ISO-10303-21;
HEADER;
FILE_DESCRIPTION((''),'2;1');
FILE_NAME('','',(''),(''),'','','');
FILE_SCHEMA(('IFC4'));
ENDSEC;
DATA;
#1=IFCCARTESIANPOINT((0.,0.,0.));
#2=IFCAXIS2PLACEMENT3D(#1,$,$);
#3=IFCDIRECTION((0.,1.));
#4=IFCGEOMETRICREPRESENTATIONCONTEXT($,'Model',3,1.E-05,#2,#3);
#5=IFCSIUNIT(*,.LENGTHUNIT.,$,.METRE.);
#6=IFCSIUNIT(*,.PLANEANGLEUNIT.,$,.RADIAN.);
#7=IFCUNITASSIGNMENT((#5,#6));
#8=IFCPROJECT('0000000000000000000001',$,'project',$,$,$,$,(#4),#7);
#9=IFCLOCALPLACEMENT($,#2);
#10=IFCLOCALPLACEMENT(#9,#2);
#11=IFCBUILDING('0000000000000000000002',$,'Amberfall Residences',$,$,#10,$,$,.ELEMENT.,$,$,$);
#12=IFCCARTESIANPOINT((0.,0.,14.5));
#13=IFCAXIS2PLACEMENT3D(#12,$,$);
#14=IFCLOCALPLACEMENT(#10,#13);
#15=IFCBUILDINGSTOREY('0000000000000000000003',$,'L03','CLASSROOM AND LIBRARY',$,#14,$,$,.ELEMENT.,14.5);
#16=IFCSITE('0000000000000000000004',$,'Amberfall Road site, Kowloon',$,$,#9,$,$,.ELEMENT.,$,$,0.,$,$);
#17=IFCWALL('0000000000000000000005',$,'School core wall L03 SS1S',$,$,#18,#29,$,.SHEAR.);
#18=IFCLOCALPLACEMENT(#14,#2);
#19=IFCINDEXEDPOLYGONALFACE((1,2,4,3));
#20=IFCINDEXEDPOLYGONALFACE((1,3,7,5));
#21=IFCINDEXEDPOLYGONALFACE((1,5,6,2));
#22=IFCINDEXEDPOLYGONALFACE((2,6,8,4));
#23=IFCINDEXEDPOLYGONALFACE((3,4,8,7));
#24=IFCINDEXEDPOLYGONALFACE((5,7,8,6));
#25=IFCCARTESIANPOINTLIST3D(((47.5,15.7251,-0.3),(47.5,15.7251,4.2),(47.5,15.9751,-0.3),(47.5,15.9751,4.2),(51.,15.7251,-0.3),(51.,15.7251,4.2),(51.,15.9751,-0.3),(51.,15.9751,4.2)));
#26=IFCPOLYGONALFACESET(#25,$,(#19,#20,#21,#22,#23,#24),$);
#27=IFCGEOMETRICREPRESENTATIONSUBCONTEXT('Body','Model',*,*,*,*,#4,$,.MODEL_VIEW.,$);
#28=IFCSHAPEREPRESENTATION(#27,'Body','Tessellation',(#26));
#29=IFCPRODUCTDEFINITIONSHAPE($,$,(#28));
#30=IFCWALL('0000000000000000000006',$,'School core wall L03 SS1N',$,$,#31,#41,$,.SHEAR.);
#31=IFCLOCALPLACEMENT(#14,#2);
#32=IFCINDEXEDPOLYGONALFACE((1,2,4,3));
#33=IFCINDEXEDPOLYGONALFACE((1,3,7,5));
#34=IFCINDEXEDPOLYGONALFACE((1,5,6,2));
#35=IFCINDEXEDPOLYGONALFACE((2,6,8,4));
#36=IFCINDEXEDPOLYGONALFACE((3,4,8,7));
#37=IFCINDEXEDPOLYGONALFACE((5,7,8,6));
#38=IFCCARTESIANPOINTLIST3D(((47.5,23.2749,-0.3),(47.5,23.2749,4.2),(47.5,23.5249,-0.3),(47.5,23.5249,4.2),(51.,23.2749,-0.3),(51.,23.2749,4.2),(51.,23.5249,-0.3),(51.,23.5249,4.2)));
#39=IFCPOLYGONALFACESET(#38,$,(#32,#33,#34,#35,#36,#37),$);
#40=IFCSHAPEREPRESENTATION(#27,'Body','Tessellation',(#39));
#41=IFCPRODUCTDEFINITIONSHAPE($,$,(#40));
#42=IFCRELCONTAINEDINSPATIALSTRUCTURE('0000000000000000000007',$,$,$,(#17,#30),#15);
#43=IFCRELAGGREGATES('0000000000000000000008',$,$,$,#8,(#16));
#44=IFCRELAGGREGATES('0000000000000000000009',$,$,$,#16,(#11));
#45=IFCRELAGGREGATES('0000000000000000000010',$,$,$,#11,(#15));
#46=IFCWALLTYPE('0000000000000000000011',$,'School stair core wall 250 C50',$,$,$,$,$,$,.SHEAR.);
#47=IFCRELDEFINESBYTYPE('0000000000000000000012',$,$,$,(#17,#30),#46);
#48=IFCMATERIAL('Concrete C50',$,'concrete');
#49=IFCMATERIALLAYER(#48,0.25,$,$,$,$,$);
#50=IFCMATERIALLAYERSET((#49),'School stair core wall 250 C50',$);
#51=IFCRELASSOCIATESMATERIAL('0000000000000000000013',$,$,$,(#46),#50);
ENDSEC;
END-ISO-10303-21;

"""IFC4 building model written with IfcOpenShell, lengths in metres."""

from ifc_helpers import new_model, si_unit, direction, frame, frame_2d, origin, place, context, subcontext, project, spatial, rectangle, extrude, material, layer, layer_set, type_object, element, save


model = new_model("IFC4")

# Units and contexts
model_context = context("Model", 3, precision=1e-05, world=origin(), true_north=direction((0.0, 1.0)))
body_context = subcontext(model_context, "Body", "Model", "MODEL_VIEW")
ifc_project = project(units=[si_unit("LENGTHUNIT", "METRE"), si_unit("PLANEANGLEUNIT", "RADIAN")], contexts=[model_context])

# Site, building, storey
site_placement = place(None, origin())
site = spatial("IfcSite", under=ifc_project, at=site_placement, Name="Amberfall Road site, Kowloon", CompositionType="ELEMENT", RefElevation=0.0)
building_placement = place(site_placement, origin())
building = spatial("IfcBuilding", under=site, at=building_placement, Name="Amberfall Residences", CompositionType="ELEMENT")
storey_placement = place(building_placement, frame((0.0, 0.0, 14.5)))
storey = spatial("IfcBuildingStorey", under=building, at=storey_placement, Name="L03", Description="CLASSROOM AND LIBRARY", CompositionType="ELEMENT", Elevation=14.5)

# Shared definitions
ifc_material_1 = material(Name="Concrete C50", Category="concrete")
ifc_layer_1 = layer(ifc_material_1, 0.25)
ifc_layer_set_1 = layer_set([ifc_layer_1], Name="School stair core wall 250 C50")
wall_type_1 = type_object("IfcWallType", Name="School stair core wall 250 C50", PredefinedType="SHEAR", material=ifc_layer_set_1)

# Walls
for number, where, z_axis, x_axis, name in (
    (1, (47.5, 15.8501, -0.3), (0.0, 0.0, 1.0), (1.0, 0.0, 0.0), "School core wall L03 SS1S"),
    (2, (47.5, 23.3999, -0.3), (0.0, 0.0, 1.0), (1.0, 0.0, 0.0), "School core wall L03 SS1N"),
):
    element("IfcWall", number, at=place(storey_placement, frame(where, z_axis=z_axis, x_axis=x_axis)), inside=storey, type_object=wall_type_1, Name=name, PredefinedType="SHEAR", context=body_context, shape_type="SweptSolid", body=[
        extrude(rectangle(XDim=3.5, YDim=0.25, at=frame_2d((1.75, 0.0))), origin(), (0.0, 0.0, 1.0), 4.5),
    ])

save(model, "model.ifc")
